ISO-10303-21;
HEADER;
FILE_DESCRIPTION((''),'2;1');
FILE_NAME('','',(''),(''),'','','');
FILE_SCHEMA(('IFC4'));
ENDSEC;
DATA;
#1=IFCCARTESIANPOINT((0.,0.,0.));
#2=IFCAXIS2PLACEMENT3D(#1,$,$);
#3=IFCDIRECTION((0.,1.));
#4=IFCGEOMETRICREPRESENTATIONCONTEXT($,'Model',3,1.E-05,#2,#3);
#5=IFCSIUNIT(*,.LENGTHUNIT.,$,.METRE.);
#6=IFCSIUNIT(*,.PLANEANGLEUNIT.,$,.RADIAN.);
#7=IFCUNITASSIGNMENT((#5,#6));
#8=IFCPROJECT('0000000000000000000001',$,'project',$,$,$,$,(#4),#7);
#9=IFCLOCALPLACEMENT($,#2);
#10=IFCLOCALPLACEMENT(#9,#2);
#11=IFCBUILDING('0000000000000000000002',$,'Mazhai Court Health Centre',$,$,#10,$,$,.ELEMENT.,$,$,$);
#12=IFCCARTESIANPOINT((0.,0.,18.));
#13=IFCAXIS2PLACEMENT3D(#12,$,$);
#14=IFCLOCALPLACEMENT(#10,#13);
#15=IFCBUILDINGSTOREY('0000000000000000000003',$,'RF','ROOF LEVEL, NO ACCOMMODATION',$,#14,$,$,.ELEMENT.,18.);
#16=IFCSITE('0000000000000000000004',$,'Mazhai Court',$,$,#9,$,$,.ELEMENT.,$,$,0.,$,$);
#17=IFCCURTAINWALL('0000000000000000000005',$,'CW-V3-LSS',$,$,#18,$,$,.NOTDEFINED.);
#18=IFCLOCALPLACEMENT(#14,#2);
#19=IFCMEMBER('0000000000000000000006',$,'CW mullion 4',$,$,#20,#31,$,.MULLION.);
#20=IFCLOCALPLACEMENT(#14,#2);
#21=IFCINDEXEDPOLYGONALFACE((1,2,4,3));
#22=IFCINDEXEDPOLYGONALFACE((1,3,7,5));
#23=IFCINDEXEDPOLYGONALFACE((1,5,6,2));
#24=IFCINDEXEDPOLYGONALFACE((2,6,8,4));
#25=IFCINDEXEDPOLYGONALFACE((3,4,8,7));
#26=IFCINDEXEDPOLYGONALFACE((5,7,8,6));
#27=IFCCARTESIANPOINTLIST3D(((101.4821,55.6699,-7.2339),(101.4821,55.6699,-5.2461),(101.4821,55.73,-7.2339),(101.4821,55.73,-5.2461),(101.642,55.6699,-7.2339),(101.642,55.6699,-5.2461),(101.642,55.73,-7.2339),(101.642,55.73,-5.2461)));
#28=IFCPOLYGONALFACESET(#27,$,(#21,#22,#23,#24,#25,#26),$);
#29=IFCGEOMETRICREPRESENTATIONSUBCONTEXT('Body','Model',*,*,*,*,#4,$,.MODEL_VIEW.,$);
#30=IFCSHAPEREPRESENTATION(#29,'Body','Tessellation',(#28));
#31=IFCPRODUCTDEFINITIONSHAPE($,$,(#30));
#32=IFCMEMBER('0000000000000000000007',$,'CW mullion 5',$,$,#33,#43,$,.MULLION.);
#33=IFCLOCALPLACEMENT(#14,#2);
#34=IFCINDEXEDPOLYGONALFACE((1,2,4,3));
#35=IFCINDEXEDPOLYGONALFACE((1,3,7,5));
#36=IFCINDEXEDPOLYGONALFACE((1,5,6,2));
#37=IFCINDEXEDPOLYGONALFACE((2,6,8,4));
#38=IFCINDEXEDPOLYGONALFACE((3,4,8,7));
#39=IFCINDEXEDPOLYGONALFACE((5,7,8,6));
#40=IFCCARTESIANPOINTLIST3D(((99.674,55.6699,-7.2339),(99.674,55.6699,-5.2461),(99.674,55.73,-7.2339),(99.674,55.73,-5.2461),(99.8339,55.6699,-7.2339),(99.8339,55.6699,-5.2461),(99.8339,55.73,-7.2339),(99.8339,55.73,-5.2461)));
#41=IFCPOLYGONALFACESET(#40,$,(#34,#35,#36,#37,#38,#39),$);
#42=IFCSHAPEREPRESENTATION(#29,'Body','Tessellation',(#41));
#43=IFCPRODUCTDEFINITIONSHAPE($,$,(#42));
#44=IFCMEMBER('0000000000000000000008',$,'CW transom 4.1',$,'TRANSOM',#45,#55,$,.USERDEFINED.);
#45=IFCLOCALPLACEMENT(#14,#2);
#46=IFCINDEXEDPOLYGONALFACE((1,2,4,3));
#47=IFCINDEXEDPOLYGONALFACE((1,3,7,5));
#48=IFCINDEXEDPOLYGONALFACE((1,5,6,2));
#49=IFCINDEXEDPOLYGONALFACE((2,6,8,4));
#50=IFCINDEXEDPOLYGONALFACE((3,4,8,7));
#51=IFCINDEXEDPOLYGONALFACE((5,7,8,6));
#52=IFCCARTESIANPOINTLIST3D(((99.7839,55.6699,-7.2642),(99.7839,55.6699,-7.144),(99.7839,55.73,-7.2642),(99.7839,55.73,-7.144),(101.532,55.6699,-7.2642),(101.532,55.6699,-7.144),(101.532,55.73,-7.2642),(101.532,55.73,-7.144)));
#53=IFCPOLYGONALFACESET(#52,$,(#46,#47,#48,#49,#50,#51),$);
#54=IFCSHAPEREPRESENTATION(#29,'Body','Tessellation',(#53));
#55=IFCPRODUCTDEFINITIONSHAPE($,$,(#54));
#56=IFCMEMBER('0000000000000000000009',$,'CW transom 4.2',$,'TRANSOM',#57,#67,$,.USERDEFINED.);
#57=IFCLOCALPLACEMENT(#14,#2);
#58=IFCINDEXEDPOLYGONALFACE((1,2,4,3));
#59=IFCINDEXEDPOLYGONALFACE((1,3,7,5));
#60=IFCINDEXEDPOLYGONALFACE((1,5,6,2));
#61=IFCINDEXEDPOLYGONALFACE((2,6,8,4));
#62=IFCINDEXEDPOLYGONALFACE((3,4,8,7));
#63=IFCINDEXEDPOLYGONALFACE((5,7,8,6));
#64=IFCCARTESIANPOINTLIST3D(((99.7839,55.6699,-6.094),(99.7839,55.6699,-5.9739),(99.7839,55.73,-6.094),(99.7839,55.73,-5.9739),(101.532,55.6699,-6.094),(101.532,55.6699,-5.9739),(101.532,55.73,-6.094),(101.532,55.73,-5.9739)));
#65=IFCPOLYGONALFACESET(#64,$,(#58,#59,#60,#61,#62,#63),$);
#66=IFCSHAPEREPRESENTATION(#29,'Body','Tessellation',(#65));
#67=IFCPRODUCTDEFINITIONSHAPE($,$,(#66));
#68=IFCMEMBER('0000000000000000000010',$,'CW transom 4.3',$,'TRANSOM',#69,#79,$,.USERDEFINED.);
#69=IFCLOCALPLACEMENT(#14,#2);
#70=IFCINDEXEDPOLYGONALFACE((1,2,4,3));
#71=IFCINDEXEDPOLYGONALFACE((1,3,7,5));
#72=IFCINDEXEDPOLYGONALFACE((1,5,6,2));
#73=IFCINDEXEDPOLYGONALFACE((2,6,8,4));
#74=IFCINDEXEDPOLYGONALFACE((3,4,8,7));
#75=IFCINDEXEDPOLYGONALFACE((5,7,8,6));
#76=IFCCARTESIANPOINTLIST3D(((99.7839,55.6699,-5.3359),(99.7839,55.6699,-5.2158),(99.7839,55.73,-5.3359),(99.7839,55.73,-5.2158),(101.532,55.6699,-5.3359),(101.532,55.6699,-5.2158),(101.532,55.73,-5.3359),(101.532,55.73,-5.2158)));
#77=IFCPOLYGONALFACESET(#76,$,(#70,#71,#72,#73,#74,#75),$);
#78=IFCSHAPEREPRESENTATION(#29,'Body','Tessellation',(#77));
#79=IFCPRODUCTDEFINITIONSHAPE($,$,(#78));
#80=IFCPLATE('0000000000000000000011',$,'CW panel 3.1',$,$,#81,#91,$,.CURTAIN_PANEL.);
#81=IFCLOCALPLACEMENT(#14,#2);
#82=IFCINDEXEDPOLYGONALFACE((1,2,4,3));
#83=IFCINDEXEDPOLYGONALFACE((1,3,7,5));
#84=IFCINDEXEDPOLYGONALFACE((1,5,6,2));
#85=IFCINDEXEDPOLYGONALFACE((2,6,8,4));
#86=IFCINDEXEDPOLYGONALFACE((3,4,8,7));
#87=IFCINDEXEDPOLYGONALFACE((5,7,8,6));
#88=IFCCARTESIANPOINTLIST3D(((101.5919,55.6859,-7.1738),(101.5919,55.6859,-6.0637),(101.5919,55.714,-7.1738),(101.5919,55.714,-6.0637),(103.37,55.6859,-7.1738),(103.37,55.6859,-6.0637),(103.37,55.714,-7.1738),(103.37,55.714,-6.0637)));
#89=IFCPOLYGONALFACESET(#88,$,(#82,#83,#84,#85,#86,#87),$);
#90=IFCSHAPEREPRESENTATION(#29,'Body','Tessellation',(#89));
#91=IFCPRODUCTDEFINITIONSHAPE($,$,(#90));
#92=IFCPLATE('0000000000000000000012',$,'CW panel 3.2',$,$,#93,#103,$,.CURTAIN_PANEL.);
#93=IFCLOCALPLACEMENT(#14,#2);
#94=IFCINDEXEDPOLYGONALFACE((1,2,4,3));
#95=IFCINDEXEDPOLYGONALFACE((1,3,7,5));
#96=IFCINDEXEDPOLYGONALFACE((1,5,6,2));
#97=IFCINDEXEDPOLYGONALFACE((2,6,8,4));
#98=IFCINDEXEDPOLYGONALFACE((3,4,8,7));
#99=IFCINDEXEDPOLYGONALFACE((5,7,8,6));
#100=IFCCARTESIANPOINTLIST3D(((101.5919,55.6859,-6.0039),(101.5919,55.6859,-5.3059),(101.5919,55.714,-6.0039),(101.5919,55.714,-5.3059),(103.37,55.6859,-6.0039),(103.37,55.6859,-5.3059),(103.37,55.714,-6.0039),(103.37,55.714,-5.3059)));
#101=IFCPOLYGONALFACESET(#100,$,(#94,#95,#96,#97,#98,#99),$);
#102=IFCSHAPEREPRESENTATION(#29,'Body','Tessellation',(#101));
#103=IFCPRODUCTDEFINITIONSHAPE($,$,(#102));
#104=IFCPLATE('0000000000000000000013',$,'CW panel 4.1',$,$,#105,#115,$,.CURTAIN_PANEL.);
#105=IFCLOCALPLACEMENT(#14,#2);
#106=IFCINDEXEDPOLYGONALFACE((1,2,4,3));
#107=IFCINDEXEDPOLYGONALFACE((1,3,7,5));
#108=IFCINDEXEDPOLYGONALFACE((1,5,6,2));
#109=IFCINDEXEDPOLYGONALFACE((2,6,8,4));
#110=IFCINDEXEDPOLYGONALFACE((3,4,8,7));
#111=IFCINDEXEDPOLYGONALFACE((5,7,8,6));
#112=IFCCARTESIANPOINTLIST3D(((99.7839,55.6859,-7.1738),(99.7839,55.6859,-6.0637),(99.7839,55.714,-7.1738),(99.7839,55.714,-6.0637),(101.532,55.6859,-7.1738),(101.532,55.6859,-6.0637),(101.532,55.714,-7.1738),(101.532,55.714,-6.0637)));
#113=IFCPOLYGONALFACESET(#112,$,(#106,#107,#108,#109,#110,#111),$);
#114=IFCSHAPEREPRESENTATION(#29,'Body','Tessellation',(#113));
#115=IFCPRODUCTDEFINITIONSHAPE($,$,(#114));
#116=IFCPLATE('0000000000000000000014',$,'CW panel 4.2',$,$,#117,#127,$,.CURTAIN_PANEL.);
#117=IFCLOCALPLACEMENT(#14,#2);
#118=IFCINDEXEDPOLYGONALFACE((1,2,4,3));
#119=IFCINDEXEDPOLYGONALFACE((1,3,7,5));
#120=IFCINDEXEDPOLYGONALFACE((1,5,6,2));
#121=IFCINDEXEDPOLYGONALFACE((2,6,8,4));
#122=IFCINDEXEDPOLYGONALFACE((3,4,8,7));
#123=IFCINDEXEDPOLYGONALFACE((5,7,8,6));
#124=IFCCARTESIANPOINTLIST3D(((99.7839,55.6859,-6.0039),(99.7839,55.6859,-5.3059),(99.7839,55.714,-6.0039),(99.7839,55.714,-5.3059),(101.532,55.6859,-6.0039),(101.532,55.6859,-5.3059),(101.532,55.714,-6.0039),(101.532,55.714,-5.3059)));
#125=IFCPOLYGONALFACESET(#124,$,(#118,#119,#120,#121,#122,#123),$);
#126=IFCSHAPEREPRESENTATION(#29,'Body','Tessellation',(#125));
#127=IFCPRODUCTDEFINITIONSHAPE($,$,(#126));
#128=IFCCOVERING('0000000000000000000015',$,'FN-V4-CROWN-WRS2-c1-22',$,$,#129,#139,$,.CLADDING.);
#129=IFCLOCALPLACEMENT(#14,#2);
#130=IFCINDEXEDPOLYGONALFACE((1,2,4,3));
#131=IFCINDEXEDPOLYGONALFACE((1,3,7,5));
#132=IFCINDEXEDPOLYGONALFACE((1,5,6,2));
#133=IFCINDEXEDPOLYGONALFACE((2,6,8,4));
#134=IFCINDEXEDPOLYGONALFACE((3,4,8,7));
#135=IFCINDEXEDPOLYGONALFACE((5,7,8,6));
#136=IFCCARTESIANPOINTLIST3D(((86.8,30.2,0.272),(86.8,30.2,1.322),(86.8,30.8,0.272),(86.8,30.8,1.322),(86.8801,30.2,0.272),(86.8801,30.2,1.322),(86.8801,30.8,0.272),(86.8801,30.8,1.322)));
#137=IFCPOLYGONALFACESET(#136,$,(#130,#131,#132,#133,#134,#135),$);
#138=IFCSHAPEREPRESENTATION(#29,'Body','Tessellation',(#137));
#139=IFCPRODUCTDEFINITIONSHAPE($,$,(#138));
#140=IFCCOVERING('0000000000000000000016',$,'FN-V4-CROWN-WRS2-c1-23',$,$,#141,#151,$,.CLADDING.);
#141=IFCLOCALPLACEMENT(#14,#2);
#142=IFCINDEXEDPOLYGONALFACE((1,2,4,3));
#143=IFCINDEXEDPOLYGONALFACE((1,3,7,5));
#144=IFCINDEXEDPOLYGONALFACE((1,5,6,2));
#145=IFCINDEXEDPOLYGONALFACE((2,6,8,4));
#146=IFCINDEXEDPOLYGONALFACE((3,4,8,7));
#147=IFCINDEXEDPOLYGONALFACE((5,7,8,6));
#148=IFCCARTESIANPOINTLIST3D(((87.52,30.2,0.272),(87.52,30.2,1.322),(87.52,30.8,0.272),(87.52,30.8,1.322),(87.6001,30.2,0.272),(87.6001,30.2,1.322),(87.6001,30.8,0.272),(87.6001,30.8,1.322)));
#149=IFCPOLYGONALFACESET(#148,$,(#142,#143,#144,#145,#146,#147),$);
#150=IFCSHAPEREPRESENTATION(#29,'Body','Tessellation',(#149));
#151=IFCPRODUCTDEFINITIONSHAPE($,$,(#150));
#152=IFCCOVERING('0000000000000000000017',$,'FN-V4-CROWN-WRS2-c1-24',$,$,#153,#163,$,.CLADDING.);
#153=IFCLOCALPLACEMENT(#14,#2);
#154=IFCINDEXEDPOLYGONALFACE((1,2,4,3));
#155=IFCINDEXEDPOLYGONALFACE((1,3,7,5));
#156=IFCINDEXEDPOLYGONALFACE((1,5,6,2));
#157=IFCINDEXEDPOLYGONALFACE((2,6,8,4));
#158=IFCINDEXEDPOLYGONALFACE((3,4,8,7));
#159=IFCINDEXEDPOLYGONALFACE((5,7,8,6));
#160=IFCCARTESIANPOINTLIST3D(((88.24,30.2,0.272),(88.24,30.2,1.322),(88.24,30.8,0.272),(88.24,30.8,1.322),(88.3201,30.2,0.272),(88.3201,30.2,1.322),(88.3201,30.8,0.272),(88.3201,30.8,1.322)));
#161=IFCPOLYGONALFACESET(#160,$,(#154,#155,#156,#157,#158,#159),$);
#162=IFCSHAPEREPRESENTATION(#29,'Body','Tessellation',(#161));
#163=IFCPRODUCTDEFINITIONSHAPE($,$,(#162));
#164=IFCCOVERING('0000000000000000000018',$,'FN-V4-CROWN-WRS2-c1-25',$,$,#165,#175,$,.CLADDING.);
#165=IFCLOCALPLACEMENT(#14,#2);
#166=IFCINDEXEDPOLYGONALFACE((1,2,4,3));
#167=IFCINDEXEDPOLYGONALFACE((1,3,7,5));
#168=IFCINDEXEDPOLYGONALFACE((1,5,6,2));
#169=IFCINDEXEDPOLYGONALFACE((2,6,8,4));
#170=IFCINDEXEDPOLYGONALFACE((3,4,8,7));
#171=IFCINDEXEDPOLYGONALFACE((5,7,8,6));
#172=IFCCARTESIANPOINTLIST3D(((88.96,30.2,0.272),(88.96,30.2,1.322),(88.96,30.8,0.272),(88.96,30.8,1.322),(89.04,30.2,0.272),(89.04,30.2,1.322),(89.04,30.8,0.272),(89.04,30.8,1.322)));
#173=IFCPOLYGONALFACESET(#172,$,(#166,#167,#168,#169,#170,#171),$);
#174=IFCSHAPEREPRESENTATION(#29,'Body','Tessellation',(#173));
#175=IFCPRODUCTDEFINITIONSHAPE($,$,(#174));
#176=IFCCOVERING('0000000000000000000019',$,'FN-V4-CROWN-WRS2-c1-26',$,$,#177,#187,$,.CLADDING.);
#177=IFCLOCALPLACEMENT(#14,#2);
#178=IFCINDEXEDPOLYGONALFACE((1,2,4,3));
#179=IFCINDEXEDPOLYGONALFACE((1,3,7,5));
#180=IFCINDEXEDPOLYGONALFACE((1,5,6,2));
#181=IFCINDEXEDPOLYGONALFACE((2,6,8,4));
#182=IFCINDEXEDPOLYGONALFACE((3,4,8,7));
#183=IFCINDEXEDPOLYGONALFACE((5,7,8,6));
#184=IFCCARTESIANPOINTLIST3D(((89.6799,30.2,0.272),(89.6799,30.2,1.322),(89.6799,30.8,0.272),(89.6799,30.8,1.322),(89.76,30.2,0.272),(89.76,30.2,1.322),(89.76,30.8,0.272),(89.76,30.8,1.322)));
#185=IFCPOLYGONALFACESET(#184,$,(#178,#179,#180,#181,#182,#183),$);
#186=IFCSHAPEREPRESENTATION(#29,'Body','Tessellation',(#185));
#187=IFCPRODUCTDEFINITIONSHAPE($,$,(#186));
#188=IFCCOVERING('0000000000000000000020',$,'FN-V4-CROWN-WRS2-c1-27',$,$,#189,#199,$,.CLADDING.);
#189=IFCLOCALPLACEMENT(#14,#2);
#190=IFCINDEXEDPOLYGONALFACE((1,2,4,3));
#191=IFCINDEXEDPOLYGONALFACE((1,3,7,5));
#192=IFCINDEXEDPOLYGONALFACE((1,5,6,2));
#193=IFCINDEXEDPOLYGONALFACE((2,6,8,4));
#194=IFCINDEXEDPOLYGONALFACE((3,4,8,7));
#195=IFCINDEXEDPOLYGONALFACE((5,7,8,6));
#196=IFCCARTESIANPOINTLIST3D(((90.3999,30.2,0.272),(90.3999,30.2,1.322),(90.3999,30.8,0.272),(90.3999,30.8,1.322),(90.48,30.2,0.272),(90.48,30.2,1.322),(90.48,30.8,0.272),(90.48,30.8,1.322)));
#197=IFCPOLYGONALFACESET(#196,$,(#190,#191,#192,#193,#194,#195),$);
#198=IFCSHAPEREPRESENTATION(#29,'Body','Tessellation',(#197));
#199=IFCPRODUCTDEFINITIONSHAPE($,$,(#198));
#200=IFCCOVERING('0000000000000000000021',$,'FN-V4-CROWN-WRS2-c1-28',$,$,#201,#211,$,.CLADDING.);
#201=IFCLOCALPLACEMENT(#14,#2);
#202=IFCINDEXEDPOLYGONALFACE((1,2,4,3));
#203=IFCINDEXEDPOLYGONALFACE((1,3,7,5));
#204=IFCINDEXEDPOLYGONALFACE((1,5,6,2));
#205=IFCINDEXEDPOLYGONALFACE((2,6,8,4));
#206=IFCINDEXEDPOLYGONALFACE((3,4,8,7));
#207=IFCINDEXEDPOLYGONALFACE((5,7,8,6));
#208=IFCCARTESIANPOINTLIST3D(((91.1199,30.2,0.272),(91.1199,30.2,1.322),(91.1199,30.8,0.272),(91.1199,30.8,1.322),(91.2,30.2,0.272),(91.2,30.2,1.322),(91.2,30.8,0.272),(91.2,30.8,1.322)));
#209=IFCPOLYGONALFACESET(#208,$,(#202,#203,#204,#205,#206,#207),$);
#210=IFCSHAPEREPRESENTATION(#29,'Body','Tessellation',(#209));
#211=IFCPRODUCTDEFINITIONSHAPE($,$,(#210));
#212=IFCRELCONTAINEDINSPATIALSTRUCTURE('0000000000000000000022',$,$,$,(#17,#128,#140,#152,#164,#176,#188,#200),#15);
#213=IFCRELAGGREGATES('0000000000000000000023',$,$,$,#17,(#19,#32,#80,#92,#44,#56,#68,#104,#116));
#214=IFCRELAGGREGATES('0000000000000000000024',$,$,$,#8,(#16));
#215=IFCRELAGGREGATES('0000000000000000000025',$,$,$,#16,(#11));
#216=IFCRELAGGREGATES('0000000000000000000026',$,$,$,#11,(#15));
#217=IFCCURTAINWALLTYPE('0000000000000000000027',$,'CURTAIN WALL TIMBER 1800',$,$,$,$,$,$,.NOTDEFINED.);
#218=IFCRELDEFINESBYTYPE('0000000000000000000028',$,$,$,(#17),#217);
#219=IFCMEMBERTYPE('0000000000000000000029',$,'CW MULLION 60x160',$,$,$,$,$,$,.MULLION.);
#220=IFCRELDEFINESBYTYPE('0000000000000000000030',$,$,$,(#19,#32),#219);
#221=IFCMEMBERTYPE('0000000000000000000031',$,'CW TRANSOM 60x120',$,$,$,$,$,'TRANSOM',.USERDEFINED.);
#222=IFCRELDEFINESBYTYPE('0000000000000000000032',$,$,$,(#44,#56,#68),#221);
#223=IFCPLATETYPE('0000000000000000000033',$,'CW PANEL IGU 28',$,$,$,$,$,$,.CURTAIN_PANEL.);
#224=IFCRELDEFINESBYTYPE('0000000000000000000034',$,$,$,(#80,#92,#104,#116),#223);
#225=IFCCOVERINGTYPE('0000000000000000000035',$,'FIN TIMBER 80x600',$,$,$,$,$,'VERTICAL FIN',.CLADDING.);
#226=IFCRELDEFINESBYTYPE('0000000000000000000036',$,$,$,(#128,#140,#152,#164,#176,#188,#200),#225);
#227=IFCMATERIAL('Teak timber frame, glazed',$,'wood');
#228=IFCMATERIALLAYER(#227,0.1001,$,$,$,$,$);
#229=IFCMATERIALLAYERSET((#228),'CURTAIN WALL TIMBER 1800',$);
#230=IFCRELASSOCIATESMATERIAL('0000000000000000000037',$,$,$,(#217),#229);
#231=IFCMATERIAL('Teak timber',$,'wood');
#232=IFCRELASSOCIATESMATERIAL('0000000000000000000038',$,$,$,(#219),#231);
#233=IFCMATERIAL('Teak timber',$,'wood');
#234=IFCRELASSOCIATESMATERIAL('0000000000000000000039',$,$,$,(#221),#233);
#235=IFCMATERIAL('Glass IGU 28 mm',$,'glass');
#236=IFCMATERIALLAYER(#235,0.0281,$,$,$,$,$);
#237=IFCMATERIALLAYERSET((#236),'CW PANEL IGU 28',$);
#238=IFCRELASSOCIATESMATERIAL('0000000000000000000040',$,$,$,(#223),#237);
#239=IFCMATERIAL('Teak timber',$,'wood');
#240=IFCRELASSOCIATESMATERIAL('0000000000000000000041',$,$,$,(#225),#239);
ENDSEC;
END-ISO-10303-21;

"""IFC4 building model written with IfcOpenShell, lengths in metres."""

from ifc_helpers import new_model, si_unit, direction, frame, origin, origin_2d, place, context, subcontext, project, spatial, rectangle, extrude, material, layer, layer_set, material_profile, profile_set, type_object, element, aggregate, save


model = new_model("IFC4")

# Units and contexts
model_context = context("Model", 3, precision=1e-05, world=origin(), true_north=direction((0.0, 1.0)))
body_context = subcontext(model_context, "Body", "Model", "MODEL_VIEW")
ifc_project = project(units=[si_unit("LENGTHUNIT", "METRE"), si_unit("PLANEANGLEUNIT", "RADIAN")], contexts=[model_context])

# Site, building, storey
site_placement = place(None, origin())
site = spatial("IfcSite", under=ifc_project, at=site_placement, Name="Mazhai Court", CompositionType="ELEMENT", RefElevation=0.0)
building_placement = place(site_placement, origin())
building = spatial("IfcBuilding", under=site, at=building_placement, Name="Mazhai Court Health Centre", CompositionType="ELEMENT")
storey_placement = place(building_placement, frame((0.0, 0.0, 18.0)))
storey = spatial("IfcBuildingStorey", under=building, at=storey_placement, Name="RF", Description="ROOF LEVEL, NO ACCOMMODATION", CompositionType="ELEMENT", Elevation=18.0)

# Curtain wall, members, plates
ifc_material_1 = material(Name="Teak timber frame, glazed", Category="wood")
ifc_layer_1 = layer(ifc_material_1, 0.1001)
ifc_layer_set_1 = layer_set([ifc_layer_1], Name="CURTAIN WALL TIMBER 1800")
curtain_wall_type = type_object("IfcCurtainWallType", Name="CURTAIN WALL TIMBER 1800", PredefinedType="NOTDEFINED", material=ifc_layer_set_1)
curtain_wall_placement = place(storey_placement, origin())
curtain_wall = element("IfcCurtainWall", 1, at=curtain_wall_placement, inside=storey, type_object=curtain_wall_type, Name="CW-V3-LSS", PredefinedType="NOTDEFINED")
ifc_material_2 = material(Name="Teak timber", Category="wood")
ifc_material_profile_1 = material_profile(ifc_material_2, rectangle(XDim=0.0601, YDim=0.1599, at=origin_2d()), Name="CW MULLION 60x160")
ifc_profile_set_1 = profile_set([ifc_material_profile_1], Name="Teak timber")
member_type_1 = type_object("IfcMemberType", Name="CW MULLION 60x160", PredefinedType="MULLION", material=ifc_profile_set_1)
member_1_placement = place(storey_placement, frame((101.562, 55.7, -7.2339), z_axis=(0.0, 0.0, 1.0), x_axis=(0.0, -1.0, 0.0)))
member_1 = element("IfcMember", 2, at=member_1_placement, type_object=member_type_1, Name="CW mullion 4", PredefinedType="MULLION", context=body_context, shape_type="SweptSolid", body=[
    extrude(rectangle(XDim=0.0601, YDim=0.1599, at=origin_2d()), origin(), (0.0, 0.0, 1.0), 1.9878),
])
member_2_placement = place(storey_placement, frame((99.7539, 55.7, -7.2339), z_axis=(0.0, 0.0, 1.0), x_axis=(0.0, -1.0, 0.0)))
member_2 = element("IfcMember", 3, at=member_2_placement, type_object=member_type_1, Name="CW mullion 5", PredefinedType="MULLION", context=body_context, shape_type="SweptSolid", body=[
    extrude(rectangle(XDim=0.0601, YDim=0.1599, at=origin_2d()), origin(), (0.0, 0.0, 1.0), 1.9878),
])
ifc_material_3 = material(Name="Teak timber", Category="wood")
ifc_material_profile_2 = material_profile(ifc_material_3, rectangle(XDim=0.0601, YDim=0.1201, at=origin_2d()), Name="CW TRANSOM 60x120")
ifc_profile_set_2 = profile_set([ifc_material_profile_2], Name="Teak timber")
member_type_2 = type_object("IfcMemberType", Name="CW TRANSOM 60x120", ElementType="TRANSOM", PredefinedType="USERDEFINED", material=ifc_profile_set_2)
member_3_placement = place(storey_placement, frame((101.532, 55.7, -7.2041), z_axis=(-1.0, 0.0, 0.0), x_axis=(0.0, -1.0, 0.0)))
member_3 = element("IfcMember", 4, at=member_3_placement, type_object=member_type_2, Name="CW transom 4.1", ObjectType="TRANSOM", PredefinedType="USERDEFINED", context=body_context, shape_type="SweptSolid", body=[
    extrude(rectangle(XDim=0.0601, YDim=0.1201, at=origin_2d()), origin(), (0.0, 0.0, 1.0), 1.748),
])
member_4_placement = place(storey_placement, frame((101.532, 55.7, -6.0339), z_axis=(-1.0, 0.0, 0.0), x_axis=(0.0, -1.0, 0.0)))
member_4 = element("IfcMember", 5, at=member_4_placement, type_object=member_type_2, Name="CW transom 4.2", ObjectType="TRANSOM", PredefinedType="USERDEFINED", context=body_context, shape_type="SweptSolid", body=[
    extrude(rectangle(XDim=0.0601, YDim=0.1201, at=origin_2d()), origin(), (0.0, 0.0, 1.0), 1.748),
])
member_5_placement = place(storey_placement, frame((101.532, 55.7, -5.2759), z_axis=(-1.0, 0.0, 0.0), x_axis=(0.0, -1.0, 0.0)))
member_5 = element("IfcMember", 6, at=member_5_placement, type_object=member_type_2, Name="CW transom 4.3", ObjectType="TRANSOM", PredefinedType="USERDEFINED", context=body_context, shape_type="SweptSolid", body=[
    extrude(rectangle(XDim=0.0601, YDim=0.1201, at=origin_2d()), origin(), (0.0, 0.0, 1.0), 1.748),
])
ifc_material_4 = material(Name="Glass IGU 28 mm", Category="glass")
ifc_layer_2 = layer(ifc_material_4, 0.0281)
ifc_layer_set_2 = layer_set([ifc_layer_2], Name="CW PANEL IGU 28")
plate_type = type_object("IfcPlateType", Name="CW PANEL IGU 28", PredefinedType="CURTAIN_PANEL", material=ifc_layer_set_2)
plate_1_placement = place(storey_placement, frame((102.481, 55.7, -7.1738), z_axis=(0.0, 0.0, 1.0), x_axis=(-1.0, 0.0, 0.0)))
plate_1 = element("IfcPlate", 7, at=plate_1_placement, type_object=plate_type, Name="CW panel 3.1", PredefinedType="CURTAIN_PANEL", context=body_context, shape_type="SweptSolid", body=[
    extrude(rectangle(XDim=1.7781, YDim=0.0281, at=origin_2d()), origin(), (0.0, 0.0, 1.0), 1.1101),
])
plate_2_placement = place(storey_placement, frame((102.481, 55.7, -6.0039), z_axis=(0.0, 0.0, 1.0), x_axis=(-1.0, 0.0, 0.0)))
plate_2 = element("IfcPlate", 8, at=plate_2_placement, type_object=plate_type, Name="CW panel 3.2", PredefinedType="CURTAIN_PANEL", context=body_context, shape_type="SweptSolid", body=[
    extrude(rectangle(XDim=1.7781, YDim=0.0281, at=origin_2d()), origin(), (0.0, 0.0, 1.0), 0.698),
])
plate_3_placement = place(storey_placement, frame((100.658, 55.7, -7.1738), z_axis=(0.0, 0.0, 1.0), x_axis=(-1.0, 0.0, 0.0)))
plate_3 = element("IfcPlate", 9, at=plate_3_placement, type_object=plate_type, Name="CW panel 4.1", PredefinedType="CURTAIN_PANEL", context=body_context, shape_type="SweptSolid", body=[
    extrude(rectangle(XDim=1.748, YDim=0.0281, at=origin_2d()), origin(), (0.0, 0.0, 1.0), 1.1101),
])
plate_4_placement = place(storey_placement, frame((100.658, 55.7, -6.0039), z_axis=(0.0, 0.0, 1.0), x_axis=(-1.0, 0.0, 0.0)))
plate_4 = element("IfcPlate", 10, at=plate_4_placement, type_object=plate_type, Name="CW panel 4.2", PredefinedType="CURTAIN_PANEL", context=body_context, shape_type="SweptSolid", body=[
    extrude(rectangle(XDim=1.748, YDim=0.0281, at=origin_2d()), origin(), (0.0, 0.0, 1.0), 0.698),
])
aggregate(curtain_wall, [member_1, member_2, plate_1, plate_2, member_3, member_4, member_5, plate_3, plate_4])

# Coverings
ifc_material_5 = material(Name="Teak timber", Category="wood")
covering_type_1 = type_object("IfcCoveringType", Name="FIN TIMBER 80x600", ElementType="VERTICAL FIN", PredefinedType="CLADDING", material=ifc_material_5)
for number, where, z_axis, x_axis, name in (
    (11, (86.8401, 30.5, 0.272), (0.0, 0.0, 1.0), (1.0, 0.0, 0.0), "FN-V4-CROWN-WRS2-c1-22"),
    (12, (87.5601, 30.5, 0.272), (0.0, 0.0, 1.0), (1.0, 0.0, 0.0), "FN-V4-CROWN-WRS2-c1-23"),
    (13, (88.28, 30.5, 0.272), (0.0, 0.0, 1.0), (1.0, 0.0, 0.0), "FN-V4-CROWN-WRS2-c1-24"),
    (14, (89.0, 30.5, 0.272), (0.0, 0.0, 1.0), (1.0, 0.0, 0.0), "FN-V4-CROWN-WRS2-c1-25"),
    (15, (89.72, 30.5, 0.272), (0.0, 0.0, 1.0), (1.0, 0.0, 0.0), "FN-V4-CROWN-WRS2-c1-26"),
    (16, (90.4399, 30.5, 0.272), (0.0, 0.0, 1.0), (1.0, 0.0, 0.0), "FN-V4-CROWN-WRS2-c1-27"),
    (17, (91.1599, 30.5, 0.272), (0.0, 0.0, 1.0), (1.0, 0.0, 0.0), "FN-V4-CROWN-WRS2-c1-28"),
):
    element("IfcCovering", number, at=place(storey_placement, frame(where, z_axis=z_axis, x_axis=x_axis)), inside=storey, type_object=covering_type_1, Name=name, PredefinedType="CLADDING", context=body_context, shape_type="SweptSolid", body=[
        extrude(rectangle(XDim=0.0801, YDim=0.6001, at=origin_2d()), origin(), (0.0, 0.0, 1.0), 1.05),
    ])

save(model, "model.ifc")
